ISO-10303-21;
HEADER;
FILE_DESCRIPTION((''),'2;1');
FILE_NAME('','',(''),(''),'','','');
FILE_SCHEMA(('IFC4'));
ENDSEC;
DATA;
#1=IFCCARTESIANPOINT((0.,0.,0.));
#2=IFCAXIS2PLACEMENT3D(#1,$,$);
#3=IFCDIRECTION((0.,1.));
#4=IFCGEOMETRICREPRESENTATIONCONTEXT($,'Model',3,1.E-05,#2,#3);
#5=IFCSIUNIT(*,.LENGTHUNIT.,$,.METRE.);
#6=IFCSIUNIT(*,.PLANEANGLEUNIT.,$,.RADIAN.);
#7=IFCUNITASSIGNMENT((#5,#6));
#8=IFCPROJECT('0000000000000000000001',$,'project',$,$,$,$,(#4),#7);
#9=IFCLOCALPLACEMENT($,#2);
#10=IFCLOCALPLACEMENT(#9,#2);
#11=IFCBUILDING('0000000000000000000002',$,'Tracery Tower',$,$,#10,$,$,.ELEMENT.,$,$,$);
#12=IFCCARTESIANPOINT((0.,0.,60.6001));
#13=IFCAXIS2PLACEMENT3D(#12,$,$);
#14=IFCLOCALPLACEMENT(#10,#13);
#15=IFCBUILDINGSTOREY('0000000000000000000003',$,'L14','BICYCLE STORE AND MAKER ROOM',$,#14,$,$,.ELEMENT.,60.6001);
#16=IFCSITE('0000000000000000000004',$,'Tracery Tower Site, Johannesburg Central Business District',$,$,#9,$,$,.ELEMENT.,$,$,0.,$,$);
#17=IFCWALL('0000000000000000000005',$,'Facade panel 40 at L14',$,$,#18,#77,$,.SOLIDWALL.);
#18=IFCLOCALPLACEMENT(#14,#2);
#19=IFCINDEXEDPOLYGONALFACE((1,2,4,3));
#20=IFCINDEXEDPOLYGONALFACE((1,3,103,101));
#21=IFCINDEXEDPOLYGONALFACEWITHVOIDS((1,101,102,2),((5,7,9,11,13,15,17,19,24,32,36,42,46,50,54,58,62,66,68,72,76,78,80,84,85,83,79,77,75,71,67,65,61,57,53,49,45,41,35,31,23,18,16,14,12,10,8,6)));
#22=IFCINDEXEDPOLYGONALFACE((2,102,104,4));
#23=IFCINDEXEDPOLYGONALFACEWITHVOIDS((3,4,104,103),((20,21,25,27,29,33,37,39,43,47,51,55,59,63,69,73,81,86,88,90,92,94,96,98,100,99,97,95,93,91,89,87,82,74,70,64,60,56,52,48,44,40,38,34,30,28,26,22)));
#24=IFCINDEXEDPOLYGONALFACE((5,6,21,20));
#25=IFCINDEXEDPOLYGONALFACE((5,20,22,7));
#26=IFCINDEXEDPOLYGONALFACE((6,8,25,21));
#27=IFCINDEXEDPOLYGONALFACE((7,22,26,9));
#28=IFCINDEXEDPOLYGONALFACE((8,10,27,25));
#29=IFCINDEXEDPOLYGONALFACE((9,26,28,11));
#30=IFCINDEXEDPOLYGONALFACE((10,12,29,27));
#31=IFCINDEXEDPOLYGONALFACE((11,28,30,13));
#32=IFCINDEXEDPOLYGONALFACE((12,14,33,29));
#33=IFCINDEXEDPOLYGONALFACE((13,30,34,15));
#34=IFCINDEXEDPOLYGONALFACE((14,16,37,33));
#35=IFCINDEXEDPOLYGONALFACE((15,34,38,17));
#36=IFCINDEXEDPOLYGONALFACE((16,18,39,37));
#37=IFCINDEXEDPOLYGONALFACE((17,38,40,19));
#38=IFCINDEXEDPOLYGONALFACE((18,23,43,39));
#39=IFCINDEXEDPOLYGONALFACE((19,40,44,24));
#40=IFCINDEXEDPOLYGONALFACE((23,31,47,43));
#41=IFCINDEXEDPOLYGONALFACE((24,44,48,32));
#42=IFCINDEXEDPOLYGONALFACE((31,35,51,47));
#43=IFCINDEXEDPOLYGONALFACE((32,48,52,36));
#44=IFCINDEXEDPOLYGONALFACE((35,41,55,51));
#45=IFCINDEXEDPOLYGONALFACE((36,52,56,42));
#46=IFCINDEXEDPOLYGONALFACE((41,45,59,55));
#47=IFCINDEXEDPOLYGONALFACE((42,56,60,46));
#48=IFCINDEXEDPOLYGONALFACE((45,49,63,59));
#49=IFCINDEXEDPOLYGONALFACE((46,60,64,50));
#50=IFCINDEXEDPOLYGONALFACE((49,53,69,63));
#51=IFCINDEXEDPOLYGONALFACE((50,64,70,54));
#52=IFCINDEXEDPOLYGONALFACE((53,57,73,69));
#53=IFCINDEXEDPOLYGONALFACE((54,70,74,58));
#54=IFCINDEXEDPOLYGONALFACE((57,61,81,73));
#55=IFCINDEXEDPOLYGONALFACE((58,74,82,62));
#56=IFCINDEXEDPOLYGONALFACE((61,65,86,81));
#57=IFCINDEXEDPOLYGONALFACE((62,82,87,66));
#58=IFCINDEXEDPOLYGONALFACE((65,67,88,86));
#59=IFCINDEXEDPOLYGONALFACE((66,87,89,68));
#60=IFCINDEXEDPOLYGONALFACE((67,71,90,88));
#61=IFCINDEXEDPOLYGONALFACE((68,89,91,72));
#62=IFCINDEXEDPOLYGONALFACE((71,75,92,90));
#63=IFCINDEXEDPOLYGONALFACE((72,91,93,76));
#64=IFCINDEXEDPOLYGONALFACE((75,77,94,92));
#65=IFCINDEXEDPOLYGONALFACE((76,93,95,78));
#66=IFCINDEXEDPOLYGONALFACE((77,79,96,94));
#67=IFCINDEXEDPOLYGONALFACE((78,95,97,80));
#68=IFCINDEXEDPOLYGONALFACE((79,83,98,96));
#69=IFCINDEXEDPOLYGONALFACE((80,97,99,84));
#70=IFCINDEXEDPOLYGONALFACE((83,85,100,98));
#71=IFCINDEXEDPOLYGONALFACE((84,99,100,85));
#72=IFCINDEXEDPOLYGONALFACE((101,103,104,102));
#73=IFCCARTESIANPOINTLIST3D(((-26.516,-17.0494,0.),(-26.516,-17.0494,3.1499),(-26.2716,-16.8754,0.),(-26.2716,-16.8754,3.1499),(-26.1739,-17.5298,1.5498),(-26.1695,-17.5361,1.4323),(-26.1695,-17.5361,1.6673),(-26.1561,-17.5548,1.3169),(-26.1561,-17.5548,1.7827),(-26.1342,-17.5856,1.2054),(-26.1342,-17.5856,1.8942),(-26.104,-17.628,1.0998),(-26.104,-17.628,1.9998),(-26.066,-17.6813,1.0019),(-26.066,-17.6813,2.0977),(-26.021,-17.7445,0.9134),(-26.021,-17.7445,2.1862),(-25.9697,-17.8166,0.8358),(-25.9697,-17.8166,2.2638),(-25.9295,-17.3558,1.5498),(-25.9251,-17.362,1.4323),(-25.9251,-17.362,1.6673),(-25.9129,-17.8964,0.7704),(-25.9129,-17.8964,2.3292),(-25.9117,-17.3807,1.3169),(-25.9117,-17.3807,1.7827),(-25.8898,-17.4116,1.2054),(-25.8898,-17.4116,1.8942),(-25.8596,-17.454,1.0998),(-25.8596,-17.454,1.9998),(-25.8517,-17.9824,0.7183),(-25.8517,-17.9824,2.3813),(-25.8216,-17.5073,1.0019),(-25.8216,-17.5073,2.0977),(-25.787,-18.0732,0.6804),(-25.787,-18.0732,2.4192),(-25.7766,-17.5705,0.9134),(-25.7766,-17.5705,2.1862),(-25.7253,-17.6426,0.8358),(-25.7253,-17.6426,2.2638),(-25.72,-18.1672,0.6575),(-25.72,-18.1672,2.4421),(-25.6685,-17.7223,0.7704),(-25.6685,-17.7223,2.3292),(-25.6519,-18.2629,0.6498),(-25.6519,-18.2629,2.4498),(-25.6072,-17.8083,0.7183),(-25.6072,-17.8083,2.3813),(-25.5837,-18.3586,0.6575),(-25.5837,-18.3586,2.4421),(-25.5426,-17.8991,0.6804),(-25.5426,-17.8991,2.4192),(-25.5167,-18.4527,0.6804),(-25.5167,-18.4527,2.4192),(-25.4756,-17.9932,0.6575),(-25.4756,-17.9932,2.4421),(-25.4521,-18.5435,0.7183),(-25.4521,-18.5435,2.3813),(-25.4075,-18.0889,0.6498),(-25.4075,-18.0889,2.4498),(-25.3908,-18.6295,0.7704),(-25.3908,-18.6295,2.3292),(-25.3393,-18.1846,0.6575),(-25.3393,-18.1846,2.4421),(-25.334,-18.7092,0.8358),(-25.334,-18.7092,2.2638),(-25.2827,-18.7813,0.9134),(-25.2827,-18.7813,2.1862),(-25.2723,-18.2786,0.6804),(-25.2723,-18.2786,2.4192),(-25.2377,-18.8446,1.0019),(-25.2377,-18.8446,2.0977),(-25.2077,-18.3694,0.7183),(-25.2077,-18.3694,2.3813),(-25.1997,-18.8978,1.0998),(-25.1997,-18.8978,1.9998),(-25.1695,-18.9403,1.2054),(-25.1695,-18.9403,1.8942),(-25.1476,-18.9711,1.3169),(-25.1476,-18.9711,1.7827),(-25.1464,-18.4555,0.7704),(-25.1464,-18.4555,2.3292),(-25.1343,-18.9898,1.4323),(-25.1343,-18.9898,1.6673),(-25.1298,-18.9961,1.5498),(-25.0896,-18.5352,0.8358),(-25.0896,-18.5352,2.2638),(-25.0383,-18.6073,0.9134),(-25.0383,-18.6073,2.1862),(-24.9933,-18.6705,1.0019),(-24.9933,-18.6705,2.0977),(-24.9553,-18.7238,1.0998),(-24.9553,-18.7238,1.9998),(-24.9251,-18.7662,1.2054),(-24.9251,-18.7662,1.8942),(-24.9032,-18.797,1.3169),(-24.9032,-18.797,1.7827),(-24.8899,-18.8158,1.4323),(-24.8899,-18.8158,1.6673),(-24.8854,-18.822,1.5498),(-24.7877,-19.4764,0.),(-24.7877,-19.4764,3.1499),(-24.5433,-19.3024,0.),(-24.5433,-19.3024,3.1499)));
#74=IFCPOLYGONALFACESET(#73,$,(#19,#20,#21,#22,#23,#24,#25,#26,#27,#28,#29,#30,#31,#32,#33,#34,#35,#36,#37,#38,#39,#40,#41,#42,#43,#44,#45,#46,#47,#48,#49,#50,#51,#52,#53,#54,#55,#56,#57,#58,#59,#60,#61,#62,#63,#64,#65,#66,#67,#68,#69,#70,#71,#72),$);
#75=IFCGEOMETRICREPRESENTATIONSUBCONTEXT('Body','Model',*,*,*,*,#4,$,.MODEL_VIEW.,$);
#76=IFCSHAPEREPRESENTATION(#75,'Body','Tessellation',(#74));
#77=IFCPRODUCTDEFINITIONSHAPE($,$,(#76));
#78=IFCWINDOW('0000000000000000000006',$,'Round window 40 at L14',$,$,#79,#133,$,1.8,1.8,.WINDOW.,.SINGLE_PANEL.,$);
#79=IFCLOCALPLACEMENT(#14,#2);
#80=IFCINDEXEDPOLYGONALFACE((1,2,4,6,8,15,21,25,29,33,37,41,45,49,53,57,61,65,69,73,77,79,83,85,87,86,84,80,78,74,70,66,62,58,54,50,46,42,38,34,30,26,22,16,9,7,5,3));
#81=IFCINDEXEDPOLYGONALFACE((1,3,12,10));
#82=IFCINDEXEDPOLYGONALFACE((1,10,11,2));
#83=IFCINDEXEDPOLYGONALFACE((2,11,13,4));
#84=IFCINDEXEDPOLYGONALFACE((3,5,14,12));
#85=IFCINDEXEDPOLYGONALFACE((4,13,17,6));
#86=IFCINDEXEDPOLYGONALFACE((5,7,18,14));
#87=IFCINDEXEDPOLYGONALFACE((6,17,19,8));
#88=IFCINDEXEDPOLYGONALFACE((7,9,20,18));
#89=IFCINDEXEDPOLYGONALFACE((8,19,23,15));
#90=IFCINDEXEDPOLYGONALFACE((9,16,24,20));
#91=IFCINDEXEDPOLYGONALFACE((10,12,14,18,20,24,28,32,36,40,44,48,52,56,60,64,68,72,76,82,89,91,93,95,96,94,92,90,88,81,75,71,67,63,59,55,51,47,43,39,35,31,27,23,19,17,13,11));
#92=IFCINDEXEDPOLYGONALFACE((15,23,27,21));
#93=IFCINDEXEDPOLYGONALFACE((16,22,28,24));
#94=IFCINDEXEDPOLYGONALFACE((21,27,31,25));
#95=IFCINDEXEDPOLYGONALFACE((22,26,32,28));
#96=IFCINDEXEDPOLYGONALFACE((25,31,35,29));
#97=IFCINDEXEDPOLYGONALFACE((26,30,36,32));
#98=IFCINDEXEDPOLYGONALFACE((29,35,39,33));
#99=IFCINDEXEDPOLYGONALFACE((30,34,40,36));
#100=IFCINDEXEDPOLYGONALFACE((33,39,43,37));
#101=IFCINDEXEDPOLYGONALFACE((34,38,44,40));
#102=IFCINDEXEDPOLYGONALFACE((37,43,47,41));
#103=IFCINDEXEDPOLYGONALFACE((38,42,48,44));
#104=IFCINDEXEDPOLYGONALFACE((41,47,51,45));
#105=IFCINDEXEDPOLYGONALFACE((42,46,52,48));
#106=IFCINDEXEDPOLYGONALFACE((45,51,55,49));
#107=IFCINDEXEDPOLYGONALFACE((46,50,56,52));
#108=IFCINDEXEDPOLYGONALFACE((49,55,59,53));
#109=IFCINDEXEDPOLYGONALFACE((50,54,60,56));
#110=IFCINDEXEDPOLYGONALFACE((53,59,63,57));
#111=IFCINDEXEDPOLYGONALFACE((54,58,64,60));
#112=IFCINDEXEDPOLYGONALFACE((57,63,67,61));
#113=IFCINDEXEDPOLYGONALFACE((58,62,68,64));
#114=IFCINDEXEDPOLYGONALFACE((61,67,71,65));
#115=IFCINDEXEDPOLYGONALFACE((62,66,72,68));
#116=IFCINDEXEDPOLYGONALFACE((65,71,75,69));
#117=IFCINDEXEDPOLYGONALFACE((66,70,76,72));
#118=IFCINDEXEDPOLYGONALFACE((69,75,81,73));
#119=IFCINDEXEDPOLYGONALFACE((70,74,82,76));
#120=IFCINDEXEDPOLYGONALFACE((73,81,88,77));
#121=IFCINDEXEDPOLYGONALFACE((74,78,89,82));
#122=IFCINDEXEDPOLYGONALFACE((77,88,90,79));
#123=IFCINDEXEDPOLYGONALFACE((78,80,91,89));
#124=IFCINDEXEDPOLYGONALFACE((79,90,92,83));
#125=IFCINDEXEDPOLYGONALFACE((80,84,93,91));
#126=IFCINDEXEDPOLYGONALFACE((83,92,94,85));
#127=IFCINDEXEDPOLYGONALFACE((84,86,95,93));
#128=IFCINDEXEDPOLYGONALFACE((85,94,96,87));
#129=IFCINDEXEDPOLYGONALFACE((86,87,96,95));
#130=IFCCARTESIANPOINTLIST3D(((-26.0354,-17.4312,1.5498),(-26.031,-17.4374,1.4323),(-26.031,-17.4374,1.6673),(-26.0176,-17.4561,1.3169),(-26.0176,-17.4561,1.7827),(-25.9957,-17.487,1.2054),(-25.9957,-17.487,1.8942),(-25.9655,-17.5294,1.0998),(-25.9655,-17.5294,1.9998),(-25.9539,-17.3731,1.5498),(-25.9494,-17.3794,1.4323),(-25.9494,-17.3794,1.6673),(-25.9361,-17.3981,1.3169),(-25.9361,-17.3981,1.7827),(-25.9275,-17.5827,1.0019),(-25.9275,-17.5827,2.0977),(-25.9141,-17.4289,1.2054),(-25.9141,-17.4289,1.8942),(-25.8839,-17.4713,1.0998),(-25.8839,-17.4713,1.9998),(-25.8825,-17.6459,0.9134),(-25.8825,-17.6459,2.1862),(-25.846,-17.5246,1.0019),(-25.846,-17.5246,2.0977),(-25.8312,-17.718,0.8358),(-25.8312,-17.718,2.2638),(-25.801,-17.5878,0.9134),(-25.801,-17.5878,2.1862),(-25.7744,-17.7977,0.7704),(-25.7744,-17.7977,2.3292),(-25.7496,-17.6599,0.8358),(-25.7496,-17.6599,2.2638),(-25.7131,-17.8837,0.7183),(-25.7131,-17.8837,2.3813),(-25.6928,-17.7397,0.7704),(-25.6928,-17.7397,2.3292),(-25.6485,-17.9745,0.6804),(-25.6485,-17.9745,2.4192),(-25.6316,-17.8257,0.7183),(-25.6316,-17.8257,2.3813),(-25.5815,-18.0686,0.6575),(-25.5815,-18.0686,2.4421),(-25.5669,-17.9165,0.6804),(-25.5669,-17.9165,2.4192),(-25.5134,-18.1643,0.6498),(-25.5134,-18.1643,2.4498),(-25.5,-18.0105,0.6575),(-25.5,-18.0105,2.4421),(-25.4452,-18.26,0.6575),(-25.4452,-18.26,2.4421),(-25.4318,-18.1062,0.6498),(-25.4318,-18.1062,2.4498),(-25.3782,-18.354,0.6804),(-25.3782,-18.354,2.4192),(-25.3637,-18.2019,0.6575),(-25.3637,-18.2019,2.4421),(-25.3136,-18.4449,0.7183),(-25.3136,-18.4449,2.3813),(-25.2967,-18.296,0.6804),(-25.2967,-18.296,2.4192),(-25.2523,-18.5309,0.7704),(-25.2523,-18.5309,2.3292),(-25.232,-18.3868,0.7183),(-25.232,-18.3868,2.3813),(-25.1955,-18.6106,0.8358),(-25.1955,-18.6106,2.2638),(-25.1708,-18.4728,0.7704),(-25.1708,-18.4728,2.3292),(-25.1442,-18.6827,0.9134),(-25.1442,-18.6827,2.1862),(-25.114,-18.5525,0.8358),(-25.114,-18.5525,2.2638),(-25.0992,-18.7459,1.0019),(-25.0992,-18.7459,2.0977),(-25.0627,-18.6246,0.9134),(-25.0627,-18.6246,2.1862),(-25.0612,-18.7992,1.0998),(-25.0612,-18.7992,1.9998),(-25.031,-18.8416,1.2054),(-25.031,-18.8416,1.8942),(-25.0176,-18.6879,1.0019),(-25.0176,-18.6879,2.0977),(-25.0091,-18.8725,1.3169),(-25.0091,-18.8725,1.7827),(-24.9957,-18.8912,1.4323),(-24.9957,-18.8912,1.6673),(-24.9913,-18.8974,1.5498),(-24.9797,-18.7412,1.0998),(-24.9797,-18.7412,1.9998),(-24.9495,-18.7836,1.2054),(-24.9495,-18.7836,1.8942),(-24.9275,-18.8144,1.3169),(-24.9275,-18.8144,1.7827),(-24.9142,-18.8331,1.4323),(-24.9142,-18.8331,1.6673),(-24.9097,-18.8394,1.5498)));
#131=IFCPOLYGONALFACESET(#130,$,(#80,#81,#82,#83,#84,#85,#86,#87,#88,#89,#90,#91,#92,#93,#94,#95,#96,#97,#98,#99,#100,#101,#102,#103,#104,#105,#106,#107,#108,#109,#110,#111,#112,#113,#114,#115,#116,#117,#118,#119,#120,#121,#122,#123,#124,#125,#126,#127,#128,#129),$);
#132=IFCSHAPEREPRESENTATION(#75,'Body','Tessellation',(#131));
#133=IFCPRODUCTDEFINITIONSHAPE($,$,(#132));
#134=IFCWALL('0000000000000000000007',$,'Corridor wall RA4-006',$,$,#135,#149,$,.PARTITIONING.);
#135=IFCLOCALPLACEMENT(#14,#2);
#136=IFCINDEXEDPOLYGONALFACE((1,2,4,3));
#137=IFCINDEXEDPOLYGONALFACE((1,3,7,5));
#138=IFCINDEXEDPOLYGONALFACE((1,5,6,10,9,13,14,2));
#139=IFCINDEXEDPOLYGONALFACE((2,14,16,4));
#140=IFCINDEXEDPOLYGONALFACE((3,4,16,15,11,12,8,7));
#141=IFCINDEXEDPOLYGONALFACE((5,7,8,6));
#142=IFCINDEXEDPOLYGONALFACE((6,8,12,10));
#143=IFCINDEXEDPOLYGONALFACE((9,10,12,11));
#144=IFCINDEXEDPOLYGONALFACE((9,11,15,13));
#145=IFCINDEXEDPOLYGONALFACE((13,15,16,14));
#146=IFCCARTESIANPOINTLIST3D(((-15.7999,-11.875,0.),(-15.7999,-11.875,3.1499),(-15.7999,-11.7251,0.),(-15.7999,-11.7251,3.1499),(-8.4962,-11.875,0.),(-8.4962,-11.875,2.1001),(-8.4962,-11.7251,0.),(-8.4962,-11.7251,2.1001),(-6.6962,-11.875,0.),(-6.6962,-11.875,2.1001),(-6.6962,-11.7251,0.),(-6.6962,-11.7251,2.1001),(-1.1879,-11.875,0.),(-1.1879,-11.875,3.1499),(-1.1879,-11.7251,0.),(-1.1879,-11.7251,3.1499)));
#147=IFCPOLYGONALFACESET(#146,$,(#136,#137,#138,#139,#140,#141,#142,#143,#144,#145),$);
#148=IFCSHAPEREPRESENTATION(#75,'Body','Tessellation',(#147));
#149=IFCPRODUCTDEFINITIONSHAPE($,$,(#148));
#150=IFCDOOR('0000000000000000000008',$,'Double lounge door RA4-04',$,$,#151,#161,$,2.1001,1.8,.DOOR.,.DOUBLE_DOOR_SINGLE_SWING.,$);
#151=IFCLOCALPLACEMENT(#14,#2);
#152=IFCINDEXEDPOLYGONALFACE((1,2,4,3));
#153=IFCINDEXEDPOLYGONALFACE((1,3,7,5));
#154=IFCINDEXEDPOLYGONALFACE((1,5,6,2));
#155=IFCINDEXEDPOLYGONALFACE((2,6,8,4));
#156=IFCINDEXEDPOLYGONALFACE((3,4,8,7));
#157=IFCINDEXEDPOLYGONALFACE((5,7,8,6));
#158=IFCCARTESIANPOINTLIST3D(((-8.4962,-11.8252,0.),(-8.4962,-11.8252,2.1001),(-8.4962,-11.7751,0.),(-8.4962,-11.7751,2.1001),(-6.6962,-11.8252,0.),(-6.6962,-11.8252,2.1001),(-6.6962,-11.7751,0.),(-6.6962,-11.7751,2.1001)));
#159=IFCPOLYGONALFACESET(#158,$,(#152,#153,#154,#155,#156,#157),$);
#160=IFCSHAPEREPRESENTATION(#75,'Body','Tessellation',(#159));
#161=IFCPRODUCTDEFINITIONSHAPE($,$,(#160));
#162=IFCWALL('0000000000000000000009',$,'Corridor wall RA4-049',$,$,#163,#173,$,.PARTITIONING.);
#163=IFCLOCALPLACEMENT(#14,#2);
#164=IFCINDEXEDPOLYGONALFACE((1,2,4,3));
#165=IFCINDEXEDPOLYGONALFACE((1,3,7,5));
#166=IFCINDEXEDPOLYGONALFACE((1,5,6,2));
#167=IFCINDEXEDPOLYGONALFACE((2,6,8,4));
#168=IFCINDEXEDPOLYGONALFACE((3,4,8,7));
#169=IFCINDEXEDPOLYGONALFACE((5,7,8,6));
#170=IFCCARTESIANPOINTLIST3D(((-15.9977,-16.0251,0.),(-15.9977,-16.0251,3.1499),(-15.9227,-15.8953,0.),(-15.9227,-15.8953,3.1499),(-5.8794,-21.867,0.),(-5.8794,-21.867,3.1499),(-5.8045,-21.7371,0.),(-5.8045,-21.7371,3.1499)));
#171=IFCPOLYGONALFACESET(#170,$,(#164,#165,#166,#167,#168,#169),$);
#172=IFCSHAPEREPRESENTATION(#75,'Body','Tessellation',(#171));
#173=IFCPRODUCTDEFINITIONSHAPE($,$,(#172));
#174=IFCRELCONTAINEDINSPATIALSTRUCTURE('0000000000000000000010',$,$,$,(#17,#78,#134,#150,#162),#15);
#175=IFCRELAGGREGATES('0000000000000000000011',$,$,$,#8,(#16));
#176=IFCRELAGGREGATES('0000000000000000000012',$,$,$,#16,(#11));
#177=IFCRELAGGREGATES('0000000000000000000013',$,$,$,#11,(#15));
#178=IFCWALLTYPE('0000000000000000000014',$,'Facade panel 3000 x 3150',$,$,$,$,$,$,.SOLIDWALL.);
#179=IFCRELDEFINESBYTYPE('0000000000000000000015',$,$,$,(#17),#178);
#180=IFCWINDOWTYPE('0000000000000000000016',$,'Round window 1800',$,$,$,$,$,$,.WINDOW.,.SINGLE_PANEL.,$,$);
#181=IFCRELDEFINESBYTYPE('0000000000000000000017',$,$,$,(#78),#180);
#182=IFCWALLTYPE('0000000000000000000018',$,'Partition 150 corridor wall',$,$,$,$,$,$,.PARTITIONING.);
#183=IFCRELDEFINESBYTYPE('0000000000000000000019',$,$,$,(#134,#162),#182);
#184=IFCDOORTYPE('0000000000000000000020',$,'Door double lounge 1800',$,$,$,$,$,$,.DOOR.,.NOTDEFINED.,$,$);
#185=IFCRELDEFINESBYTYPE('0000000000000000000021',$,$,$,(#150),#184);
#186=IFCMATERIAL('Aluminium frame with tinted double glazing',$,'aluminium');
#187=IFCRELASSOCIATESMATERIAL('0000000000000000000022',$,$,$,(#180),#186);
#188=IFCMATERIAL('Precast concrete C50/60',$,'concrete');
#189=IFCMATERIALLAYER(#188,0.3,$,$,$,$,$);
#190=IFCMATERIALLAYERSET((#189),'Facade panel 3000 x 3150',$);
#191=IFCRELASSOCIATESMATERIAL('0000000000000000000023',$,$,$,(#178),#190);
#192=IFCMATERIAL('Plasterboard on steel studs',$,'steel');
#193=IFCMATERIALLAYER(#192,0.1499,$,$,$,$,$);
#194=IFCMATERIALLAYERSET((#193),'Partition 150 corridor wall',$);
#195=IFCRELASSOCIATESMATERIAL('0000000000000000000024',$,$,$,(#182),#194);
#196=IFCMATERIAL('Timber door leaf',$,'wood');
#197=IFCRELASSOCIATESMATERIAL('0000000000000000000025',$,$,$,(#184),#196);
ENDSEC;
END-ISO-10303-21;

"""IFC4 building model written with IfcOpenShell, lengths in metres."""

from ifc_helpers import new_model, si_unit, direction, frame, frame_2d, origin, origin_2d, place, context, subcontext, project, spatial, rectangle, circle, extrude, material, layer, layer_set, type_object, element, fill, save


model = new_model("IFC4")

# Units and contexts
model_context = context("Model", 3, precision=1e-05, world=origin(), true_north=direction((0.0, 1.0)))
body_context = subcontext(model_context, "Body", "Model", "MODEL_VIEW")
ifc_project = project(units=[si_unit("LENGTHUNIT", "METRE"), si_unit("PLANEANGLEUNIT", "RADIAN")], contexts=[model_context])

# Site, building, storey
site_placement = place(None, origin())
site = spatial("IfcSite", under=ifc_project, at=site_placement, Name="Tracery Tower Site, Johannesburg Central Business District", CompositionType="ELEMENT", RefElevation=0.0)
building_placement = place(site_placement, origin())
building = spatial("IfcBuilding", under=site, at=building_placement, Name="Tracery Tower", CompositionType="ELEMENT")
storey_placement = place(building_placement, frame((0.0, 0.0, 60.6001)))
storey = spatial("IfcBuildingStorey", under=building, at=storey_placement, Name="L14", Description="BICYCLE STORE AND MAKER ROOM", CompositionType="ELEMENT", Elevation=60.6001)

# Wall, opening, window
ifc_material_1 = material(Name="Aluminium frame with tinted double glazing", Category="aluminium")
window_type = type_object("IfcWindowType", Name="Round window 1800", PartitioningType="SINGLE_PANEL", PredefinedType="WINDOW", material=ifc_material_1)
ifc_material_2 = material(Name="Precast concrete C50/60", Category="concrete")
ifc_layer_1 = layer(ifc_material_2, 0.3)
ifc_layer_set_1 = layer_set([ifc_layer_1], Name="Facade panel 3000 x 3150")
wall_type_1 = type_object("IfcWallType", Name="Facade panel 3000 x 3150", PredefinedType="SOLIDWALL", material=ifc_layer_set_1)
wall_1_placement = place(storey_placement, frame((-26.3938, -16.9624, 0.0), z_axis=(0.0, 0.0, 1.0), x_axis=(0.580059, -0.814574, 0.0)))
wall_1 = element("IfcWall", 1, at=wall_1_placement, inside=storey, type_object=wall_type_1, Name="Facade panel 40 at L14", PredefinedType="SOLIDWALL", context=body_context, shape_type="SweptSolid", body=[
    extrude(rectangle(XDim=2.9795, YDim=0.3, at=frame_2d((1.4897, 0.0))), origin(), (0.0, 0.0, 1.0), 3.1499),
])
opening_1_placement = place(wall_1_placement, frame((1.4897, 0.0, 1.5498)))
opening_1 = element("IfcOpeningElement", 2, at=opening_1_placement, cuts=wall_1, PredefinedType="OPENING", context=body_context, shape_type="SweptSolid", body=[
    extrude(circle(Radius=0.9, at=origin_2d()), frame((0.0, 0.1599, 0.0), z_axis=(0.0, -1.0, 0.0), x_axis=(1.0, 0.0, 0.0)), (0.0, 0.0, 1.0), 0.3201),
])
window_1_placement = place(opening_1_placement, origin())
window_1 = element("IfcWindow", 3, at=window_1_placement, inside=storey, type_object=window_type, Name="Round window 40 at L14", OverallHeight=1.8, OverallWidth=1.8, PartitioningType="SINGLE_PANEL", PredefinedType="WINDOW", context=body_context, shape_type="SweptSolid", body=[
    extrude(circle(Radius=0.9, at=origin_2d()), frame((0.0, 0.1201, 0.0), z_axis=(0.0, -1.0, 0.0), x_axis=(1.0, 0.0, 0.0)), (0.0, 0.0, 1.0), 0.1001),
])
fill(opening_1, window_1)

# Wall, opening, door
ifc_material_3 = material(Name="Plasterboard on steel studs", Category="steel")
ifc_layer_2 = layer(ifc_material_3, 0.1499)
ifc_layer_set_2 = layer_set([ifc_layer_2], Name="Partition 150 corridor wall")
wall_type_2 = type_object("IfcWallType", Name="Partition 150 corridor wall", PredefinedType="PARTITIONING", material=ifc_layer_set_2)
wall_2_placement = place(storey_placement, frame((-15.8, -11.8, 0.0), z_axis=(0.0, 0.0, 1.0), x_axis=(1.0, 0.0, 0.0)))
wall_2 = element("IfcWall", 4, at=wall_2_placement, inside=storey, type_object=wall_type_2, Name="Corridor wall RA4-006", PredefinedType="PARTITIONING", context=body_context, shape_type="SweptSolid", body=[
    extrude(rectangle(XDim=14.6121, YDim=0.1499, at=frame_2d((7.3062, 0.0))), origin(), (0.0, 0.0, 1.0), 3.1499),
])
opening_2_placement = place(wall_2_placement, frame((7.304, 0.0, 0.0)))
opening_2 = element("IfcOpeningElement", 5, at=opening_2_placement, cuts=wall_2, PredefinedType="OPENING", context=body_context, shape_type="SweptSolid", body=[
    extrude(rectangle(XDim=1.8, YDim=2.1001, at=frame_2d((0.8999, 1.05))), frame((0.0, 0.075, 0.0), z_axis=(0.0, -1.0, 0.0), x_axis=(1.0, 0.0, 0.0)), (0.0, 0.0, 1.0), 0.1499),
])
ifc_material_4 = material(Name="Timber door leaf", Category="wood")
door_type = type_object("IfcDoorType", Name="Door double lounge 1800", OperationType="NOTDEFINED", PredefinedType="DOOR", material=ifc_material_4)
door_placement = place(opening_2_placement, origin())
door = element("IfcDoor", 6, at=door_placement, inside=storey, type_object=door_type, Name="Double lounge door RA4-04", OperationType="DOUBLE_DOOR_SINGLE_SWING", OverallHeight=2.1001, OverallWidth=1.8, PredefinedType="DOOR", context=body_context, shape_type="SweptSolid", body=[
    extrude(rectangle(XDim=1.8, YDim=2.1001, at=frame_2d((0.8999, 1.05))), frame((0.0, 0.0249, 0.0), z_axis=(0.0, -1.0, 0.0), x_axis=(1.0, 0.0, 0.0)), (0.0, 0.0, 1.0), 0.05),
])
fill(opening_2, door)

# Wall
wall_3_placement = place(storey_placement, frame((-15.9602, -15.9602, 0.0), z_axis=(0.0, 0.0, 1.0), x_axis=(0.866023, -0.500005, 0.0)))
element("IfcWall", 7, at=wall_3_placement, inside=storey, type_object=wall_type_2, Name="Corridor wall RA4-049", PredefinedType="PARTITIONING", context=body_context, shape_type="SweptSolid", body=[
    extrude(rectangle(XDim=11.6836, YDim=0.1499, at=frame_2d((5.8418, 0.0))), origin(), (0.0, 0.0, 1.0), 3.1499),
])

save(model, "model.ifc")
